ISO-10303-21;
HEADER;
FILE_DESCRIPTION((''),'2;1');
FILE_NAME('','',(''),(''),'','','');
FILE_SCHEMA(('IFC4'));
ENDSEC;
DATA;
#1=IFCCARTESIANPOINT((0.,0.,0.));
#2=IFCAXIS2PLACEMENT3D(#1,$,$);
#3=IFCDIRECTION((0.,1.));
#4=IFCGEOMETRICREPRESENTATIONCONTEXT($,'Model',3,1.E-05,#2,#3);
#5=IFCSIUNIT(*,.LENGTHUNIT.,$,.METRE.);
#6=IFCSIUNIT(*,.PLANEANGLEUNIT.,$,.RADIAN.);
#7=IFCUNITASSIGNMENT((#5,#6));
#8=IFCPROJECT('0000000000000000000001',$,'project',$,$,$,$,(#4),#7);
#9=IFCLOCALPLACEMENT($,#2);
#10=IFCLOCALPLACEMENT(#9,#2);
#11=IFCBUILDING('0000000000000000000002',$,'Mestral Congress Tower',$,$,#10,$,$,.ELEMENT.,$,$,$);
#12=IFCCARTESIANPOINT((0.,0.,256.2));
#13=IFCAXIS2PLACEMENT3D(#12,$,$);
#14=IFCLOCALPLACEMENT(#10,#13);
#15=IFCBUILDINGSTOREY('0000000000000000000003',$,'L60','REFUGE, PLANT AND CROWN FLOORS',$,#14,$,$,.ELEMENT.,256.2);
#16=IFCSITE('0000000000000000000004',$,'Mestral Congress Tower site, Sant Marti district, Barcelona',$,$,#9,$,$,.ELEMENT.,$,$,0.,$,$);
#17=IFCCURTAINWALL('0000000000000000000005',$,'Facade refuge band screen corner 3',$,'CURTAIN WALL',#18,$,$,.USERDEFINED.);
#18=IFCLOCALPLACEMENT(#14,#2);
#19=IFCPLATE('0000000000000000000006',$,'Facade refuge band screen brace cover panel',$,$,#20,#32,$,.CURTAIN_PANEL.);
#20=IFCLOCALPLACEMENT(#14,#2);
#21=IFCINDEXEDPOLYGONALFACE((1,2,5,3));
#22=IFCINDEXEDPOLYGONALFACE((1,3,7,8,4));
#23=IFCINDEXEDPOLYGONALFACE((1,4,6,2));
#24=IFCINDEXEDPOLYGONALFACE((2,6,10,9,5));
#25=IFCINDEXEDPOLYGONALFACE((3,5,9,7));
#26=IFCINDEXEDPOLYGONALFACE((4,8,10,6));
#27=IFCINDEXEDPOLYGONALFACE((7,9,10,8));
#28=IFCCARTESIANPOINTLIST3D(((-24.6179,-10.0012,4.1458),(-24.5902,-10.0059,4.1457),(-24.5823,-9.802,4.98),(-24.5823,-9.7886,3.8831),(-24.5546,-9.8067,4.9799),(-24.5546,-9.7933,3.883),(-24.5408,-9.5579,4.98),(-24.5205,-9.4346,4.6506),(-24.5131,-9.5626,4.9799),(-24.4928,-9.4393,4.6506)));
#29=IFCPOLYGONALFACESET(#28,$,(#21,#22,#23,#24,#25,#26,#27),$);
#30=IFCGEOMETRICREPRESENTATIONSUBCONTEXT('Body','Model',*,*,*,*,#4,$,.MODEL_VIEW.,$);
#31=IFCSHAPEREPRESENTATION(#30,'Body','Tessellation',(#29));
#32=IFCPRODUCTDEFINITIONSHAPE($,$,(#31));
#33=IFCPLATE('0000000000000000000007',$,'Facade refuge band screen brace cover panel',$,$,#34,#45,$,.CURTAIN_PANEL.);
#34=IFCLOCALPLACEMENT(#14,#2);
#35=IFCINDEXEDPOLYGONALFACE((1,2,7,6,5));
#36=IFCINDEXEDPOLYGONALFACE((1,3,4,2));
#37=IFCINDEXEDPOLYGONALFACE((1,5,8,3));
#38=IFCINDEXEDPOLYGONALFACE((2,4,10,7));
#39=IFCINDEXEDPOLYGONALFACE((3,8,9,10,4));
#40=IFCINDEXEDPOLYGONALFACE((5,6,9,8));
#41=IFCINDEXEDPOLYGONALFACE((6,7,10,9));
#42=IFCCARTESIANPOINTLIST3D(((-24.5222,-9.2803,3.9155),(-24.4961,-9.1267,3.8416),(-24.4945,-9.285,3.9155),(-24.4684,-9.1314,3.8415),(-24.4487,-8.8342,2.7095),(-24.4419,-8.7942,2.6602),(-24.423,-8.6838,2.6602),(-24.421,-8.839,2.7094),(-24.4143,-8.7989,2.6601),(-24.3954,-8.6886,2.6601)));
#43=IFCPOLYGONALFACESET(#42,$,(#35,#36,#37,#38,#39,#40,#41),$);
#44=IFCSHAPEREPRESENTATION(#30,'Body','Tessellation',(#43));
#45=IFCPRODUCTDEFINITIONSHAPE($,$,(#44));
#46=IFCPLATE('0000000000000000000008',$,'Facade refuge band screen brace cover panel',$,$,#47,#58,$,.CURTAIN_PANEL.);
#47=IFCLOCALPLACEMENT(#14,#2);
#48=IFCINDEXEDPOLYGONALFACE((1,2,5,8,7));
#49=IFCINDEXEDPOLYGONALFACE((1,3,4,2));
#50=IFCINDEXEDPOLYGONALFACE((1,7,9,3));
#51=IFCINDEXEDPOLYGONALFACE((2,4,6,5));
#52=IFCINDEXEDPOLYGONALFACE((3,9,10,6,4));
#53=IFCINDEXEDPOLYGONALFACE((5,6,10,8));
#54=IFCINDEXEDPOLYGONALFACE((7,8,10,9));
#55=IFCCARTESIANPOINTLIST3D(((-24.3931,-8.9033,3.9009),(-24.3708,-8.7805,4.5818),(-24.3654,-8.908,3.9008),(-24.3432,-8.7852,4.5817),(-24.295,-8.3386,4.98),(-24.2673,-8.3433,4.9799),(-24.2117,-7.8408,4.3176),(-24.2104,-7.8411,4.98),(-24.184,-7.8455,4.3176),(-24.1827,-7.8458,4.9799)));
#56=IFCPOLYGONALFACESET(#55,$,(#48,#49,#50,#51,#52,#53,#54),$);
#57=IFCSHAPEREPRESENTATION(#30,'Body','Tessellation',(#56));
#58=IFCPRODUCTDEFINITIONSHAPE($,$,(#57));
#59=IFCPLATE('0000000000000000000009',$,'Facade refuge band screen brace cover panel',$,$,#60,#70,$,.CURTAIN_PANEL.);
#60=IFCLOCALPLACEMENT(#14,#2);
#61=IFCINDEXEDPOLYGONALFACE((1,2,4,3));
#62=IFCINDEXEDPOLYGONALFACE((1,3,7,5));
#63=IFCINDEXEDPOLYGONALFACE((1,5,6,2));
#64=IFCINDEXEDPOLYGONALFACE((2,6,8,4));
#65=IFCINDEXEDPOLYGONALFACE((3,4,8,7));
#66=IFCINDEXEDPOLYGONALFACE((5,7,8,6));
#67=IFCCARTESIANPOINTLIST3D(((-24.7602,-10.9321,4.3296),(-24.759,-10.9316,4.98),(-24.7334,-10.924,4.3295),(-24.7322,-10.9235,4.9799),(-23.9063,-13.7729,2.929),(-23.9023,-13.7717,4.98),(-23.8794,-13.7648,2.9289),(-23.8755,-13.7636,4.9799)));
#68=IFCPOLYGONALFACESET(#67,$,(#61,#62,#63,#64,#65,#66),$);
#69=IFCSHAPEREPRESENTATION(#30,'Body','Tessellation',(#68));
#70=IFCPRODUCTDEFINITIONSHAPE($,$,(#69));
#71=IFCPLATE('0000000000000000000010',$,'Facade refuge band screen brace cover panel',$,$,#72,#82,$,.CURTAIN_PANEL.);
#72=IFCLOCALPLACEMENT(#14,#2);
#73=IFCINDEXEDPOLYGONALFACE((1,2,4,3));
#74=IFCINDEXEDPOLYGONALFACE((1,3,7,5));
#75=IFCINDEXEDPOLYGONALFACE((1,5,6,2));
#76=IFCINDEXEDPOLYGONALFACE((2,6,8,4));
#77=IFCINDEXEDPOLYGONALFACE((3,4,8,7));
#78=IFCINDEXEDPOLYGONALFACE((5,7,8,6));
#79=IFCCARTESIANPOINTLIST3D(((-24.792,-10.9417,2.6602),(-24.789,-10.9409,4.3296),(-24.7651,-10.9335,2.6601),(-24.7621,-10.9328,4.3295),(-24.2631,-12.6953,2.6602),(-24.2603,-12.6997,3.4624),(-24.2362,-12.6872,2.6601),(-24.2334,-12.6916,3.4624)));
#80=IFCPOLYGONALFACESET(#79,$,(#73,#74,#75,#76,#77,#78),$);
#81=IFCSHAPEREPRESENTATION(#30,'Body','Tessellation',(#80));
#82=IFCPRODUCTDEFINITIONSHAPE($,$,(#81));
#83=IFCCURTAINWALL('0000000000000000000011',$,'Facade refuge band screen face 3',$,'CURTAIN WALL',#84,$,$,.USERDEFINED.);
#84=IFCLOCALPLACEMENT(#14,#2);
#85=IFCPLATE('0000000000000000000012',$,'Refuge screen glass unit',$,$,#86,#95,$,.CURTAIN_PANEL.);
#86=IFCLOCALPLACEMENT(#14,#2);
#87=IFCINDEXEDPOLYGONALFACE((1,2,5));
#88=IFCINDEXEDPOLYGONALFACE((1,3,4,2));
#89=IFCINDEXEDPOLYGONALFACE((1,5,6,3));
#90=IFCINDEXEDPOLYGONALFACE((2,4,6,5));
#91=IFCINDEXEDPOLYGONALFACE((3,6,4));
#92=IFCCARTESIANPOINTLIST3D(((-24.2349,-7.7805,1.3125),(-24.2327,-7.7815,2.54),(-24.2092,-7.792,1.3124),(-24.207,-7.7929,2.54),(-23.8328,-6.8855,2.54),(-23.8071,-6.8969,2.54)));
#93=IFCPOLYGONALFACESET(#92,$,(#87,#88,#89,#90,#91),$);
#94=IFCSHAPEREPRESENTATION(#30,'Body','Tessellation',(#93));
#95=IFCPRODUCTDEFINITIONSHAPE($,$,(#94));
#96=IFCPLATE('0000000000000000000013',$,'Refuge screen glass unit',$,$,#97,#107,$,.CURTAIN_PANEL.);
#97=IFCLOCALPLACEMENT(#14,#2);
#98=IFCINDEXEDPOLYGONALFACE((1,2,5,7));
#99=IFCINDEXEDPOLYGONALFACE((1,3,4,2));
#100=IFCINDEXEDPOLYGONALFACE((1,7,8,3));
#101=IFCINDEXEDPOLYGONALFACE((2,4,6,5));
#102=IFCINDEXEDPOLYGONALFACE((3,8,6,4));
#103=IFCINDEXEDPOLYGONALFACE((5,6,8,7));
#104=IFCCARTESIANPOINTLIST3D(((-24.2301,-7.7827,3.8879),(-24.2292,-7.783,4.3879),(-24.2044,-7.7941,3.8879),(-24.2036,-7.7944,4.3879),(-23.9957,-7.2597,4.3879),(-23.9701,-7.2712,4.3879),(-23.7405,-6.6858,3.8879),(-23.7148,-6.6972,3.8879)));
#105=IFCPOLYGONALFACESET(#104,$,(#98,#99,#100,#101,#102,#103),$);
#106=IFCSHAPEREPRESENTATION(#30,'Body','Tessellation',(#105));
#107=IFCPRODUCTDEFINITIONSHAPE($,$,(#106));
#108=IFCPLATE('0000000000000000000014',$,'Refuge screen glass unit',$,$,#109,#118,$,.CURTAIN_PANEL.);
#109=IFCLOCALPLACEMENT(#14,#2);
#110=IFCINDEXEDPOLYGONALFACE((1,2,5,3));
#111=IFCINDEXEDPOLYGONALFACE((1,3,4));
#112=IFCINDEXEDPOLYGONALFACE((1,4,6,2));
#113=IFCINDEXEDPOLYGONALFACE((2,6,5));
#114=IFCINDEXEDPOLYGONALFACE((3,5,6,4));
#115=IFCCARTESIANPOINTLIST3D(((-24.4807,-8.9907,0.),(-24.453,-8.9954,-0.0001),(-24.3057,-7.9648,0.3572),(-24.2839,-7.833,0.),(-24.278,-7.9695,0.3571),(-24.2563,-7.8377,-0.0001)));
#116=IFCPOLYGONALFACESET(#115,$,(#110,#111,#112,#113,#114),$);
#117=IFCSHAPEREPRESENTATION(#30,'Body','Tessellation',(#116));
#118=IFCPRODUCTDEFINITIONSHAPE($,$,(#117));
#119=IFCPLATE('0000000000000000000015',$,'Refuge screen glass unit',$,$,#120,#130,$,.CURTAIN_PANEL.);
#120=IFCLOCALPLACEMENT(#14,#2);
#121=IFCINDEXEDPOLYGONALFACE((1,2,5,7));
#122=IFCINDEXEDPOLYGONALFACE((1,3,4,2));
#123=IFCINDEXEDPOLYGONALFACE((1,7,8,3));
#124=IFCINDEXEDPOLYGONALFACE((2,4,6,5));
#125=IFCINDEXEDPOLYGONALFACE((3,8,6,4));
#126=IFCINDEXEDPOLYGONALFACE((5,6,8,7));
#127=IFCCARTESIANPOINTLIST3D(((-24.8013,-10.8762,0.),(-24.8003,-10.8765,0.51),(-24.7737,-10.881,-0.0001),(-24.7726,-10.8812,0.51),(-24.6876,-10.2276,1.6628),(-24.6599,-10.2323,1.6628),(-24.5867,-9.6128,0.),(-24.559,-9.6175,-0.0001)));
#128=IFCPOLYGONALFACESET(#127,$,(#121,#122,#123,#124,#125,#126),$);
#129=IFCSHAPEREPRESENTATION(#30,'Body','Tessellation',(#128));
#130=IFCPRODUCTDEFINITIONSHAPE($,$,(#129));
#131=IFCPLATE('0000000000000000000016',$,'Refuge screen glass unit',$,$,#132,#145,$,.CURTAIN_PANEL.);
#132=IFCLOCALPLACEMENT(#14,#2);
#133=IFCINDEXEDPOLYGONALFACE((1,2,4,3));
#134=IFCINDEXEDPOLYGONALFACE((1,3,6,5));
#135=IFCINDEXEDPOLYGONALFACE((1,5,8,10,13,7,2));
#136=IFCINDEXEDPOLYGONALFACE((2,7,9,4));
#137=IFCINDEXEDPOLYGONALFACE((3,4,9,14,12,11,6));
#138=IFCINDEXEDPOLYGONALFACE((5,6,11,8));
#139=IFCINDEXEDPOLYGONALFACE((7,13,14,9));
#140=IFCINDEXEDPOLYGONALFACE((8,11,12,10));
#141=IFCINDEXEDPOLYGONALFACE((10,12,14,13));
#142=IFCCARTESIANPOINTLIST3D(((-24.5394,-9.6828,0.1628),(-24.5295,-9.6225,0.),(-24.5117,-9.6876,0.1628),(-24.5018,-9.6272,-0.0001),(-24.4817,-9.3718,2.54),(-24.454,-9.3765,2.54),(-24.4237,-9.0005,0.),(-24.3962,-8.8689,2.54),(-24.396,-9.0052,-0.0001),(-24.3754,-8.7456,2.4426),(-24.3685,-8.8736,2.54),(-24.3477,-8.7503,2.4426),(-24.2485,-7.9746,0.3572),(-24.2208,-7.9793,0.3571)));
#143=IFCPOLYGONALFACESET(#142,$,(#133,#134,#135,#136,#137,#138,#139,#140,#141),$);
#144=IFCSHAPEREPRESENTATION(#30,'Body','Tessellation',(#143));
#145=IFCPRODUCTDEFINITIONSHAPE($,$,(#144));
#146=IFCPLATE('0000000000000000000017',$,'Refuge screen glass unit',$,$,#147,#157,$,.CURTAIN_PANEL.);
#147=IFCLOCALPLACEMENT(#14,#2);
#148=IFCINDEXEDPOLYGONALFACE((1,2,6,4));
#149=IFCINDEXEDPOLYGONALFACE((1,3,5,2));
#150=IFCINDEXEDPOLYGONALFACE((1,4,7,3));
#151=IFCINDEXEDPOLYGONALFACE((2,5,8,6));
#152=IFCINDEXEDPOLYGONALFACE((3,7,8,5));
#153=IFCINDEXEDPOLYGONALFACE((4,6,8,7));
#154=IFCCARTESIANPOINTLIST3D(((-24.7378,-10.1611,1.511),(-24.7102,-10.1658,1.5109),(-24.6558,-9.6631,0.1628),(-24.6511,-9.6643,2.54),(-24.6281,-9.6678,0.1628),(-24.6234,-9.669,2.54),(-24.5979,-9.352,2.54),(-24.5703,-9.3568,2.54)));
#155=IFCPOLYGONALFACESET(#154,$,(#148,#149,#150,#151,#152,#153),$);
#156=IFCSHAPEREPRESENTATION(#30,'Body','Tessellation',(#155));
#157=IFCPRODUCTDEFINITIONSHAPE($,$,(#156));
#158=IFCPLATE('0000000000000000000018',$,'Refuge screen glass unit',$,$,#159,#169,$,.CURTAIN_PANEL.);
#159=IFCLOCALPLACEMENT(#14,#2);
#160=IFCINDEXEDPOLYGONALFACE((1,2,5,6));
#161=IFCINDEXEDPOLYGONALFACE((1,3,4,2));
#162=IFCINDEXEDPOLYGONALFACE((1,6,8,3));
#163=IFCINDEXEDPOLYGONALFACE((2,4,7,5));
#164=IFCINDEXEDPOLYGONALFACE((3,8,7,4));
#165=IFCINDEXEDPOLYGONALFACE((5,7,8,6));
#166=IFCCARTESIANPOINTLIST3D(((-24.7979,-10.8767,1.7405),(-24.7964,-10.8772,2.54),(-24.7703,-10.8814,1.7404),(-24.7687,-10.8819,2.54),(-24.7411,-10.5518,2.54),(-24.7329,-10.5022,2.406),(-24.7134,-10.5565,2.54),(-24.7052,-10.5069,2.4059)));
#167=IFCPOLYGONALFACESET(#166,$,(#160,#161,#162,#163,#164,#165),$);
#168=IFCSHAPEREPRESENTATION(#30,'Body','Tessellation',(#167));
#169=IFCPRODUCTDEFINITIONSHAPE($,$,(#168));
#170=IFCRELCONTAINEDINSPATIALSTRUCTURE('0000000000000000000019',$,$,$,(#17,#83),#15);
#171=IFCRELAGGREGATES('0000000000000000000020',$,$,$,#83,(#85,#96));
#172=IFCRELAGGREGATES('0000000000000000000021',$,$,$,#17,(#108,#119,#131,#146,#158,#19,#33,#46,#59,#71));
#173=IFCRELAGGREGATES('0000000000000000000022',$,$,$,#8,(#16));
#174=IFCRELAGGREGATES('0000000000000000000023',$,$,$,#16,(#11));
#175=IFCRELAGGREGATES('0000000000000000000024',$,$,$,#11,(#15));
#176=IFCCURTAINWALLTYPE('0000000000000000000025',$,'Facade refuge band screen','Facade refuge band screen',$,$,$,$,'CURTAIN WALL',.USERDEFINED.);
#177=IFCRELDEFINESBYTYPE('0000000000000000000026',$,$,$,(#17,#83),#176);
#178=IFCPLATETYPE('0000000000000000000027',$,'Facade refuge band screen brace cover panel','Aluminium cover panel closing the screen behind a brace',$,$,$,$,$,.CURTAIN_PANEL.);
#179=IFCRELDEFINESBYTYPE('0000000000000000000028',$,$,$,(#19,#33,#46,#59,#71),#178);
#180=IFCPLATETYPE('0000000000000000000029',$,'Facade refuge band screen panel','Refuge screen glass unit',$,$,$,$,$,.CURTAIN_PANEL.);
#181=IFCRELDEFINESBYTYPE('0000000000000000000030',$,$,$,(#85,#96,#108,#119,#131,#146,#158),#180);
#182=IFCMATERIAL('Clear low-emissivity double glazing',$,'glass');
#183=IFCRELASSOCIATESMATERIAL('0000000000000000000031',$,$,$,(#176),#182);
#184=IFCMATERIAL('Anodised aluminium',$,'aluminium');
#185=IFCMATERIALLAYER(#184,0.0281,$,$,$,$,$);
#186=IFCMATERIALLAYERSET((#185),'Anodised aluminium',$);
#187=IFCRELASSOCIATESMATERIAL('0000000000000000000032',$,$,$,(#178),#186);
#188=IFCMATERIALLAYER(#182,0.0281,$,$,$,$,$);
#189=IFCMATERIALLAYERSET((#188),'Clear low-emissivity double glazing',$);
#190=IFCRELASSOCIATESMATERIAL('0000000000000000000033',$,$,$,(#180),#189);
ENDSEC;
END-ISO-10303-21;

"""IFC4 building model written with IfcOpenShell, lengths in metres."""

from ifc_helpers import new_model, si_unit, direction, frame, origin, place, context, subcontext, project, spatial, polyline, outline, extrude, material, layer, layer_set, type_object, element, aggregate, save


model = new_model("IFC4")

# Units and contexts
model_context = context("Model", 3, precision=1e-05, world=origin(), true_north=direction((0.0, 1.0)))
body_context = subcontext(model_context, "Body", "Model", "MODEL_VIEW")
ifc_project = project(units=[si_unit("LENGTHUNIT", "METRE"), si_unit("PLANEANGLEUNIT", "RADIAN")], contexts=[model_context])

# Site, building, storey
site_placement = place(None, origin())
site = spatial("IfcSite", under=ifc_project, at=site_placement, Name="Mestral Congress Tower site, Sant Marti district, Barcelona", CompositionType="ELEMENT", RefElevation=0.0)
building_placement = place(site_placement, origin())
building = spatial("IfcBuilding", under=site, at=building_placement, Name="Mestral Congress Tower", CompositionType="ELEMENT")
storey_placement = place(building_placement, frame((0.0, 0.0, 256.2)))
storey = spatial("IfcBuildingStorey", under=building, at=storey_placement, Name="L60", Description="REFUGE, PLANT AND CROWN FLOORS", CompositionType="ELEMENT", Elevation=256.2)

# Curtain wall, plates
ifc_material_1 = material(Name="Clear low-emissivity double glazing", Category="glass")
curtain_wall_type = type_object("IfcCurtainWallType", Name="Facade refuge band screen", Description="Facade refuge band screen", ElementType="CURTAIN WALL", PredefinedType="USERDEFINED", material=ifc_material_1)
placement = place(storey_placement, origin())
curtain_wall_1 = element("IfcCurtainWall", 1, at=placement, inside=storey, type_object=curtain_wall_type, Name="Facade refuge band screen corner 3", ObjectType="CURTAIN WALL", PredefinedType="USERDEFINED")
ifc_material_2 = material(Name="Anodised aluminium", Category="aluminium")
ifc_layer_1 = layer(ifc_material_2, 0.0281)
ifc_layer_set_1 = layer_set([ifc_layer_1], Name="Anodised aluminium")
plate_type_1 = type_object("IfcPlateType", Name="Facade refuge band screen brace cover panel", Description="Aluminium cover panel closing the screen behind a brace", PredefinedType="CURTAIN_PANEL", material=ifc_layer_set_1)
plate_1_placement = place(storey_placement, frame((-24.5408, -9.5579, 4.98), z_axis=(-0.985846, 0.167641, 0.002056), x_axis=(-0.167641, -0.985848, 0.0)))
plate_1 = element("IfcPlate", 2, at=plate_1_placement, type_object=plate_type_1, Name="Facade refuge band screen brace cover panel", PredefinedType="CURTAIN_PANEL", context=body_context, shape_type="SweptSolid", body=[
    extrude(outline(polyline([(0.0, 0.0), (0.2476, 0.0), (0.45, -0.8342), (0.2344, -1.0969), (-0.1249, -0.3293), (0.0, 0.0)])), origin(), (0.0, 0.0, -1.0), 0.0281),
])
plate_2_placement = place(storey_placement, frame((-24.4961, -9.1267, 3.8416), z_axis=(-0.98565, 0.168785, 0.002327), x_axis=(-0.151482, -0.890522, 0.428979)))
plate_2 = element("IfcPlate", 3, at=plate_2_placement, type_object=plate_type_1, Name="Facade refuge band screen brace cover panel", PredefinedType="CURTAIN_PANEL", context=body_context, shape_type="SweptSolid", body=[
    extrude(outline(polyline([(0.0, 0.0), (0.1724, 0.0), (-0.7533, -0.8955), (-0.8111, -0.9227), (-0.9122, -0.8746), (0.0, 0.0)])), origin(), (0.0, 0.0, -1.0), 0.0281),
])
plate_3_placement = place(storey_placement, frame((-24.3708, -8.7805, 4.5818), z_axis=(-0.985867, 0.167517, 0.001959), x_axis=(-0.032097, -0.177396, -0.983616)))
plate_3 = element("IfcPlate", 4, at=plate_3_placement, type_object=plate_type_1, Name="Facade refuge band screen brace cover panel", PredefinedType="CURTAIN_PANEL", context=body_context, shape_type="SweptSolid", body=[
    extrude(outline(polyline([(0.0, 0.0), (0.6923, 0.0), (0.088, -0.9851), (-0.5635, -0.8657), (-0.4725, -0.3692), (0.0, 0.0)])), origin(), (0.0, 0.0, -1.0), 0.0281),
])
plate_4_placement = place(storey_placement, frame((-24.759, -10.9316, 4.98), z_axis=(-0.95739, -0.288792, 0.002), x_axis=(0.288793, -0.957392, 0.0)))
plate_4 = element("IfcPlate", 5, at=plate_4_placement, type_object=plate_type_1, Name="Facade refuge band screen brace cover panel", PredefinedType="CURTAIN_PANEL", context=body_context, shape_type="SweptSolid", body=[
    extrude(outline(polyline([(0.0, 0.0), (2.9665, 0.0), (2.9665, -2.051), (0.0001, -0.6504), (0.0, 0.0)])), origin(), (0.0, 0.0, -1.0), 0.0281),
])
plate_5_placement = place(storey_placement, frame((-24.792, -10.9417, 2.6602), z_axis=(-0.957407, -0.288735, 0.001842), x_axis=(0.001788, 0.000449, 0.999998)))
plate_5 = element("IfcPlate", 6, at=plate_5_placement, type_object=plate_type_1, Name="Facade refuge band screen brace cover panel", PredefinedType="CURTAIN_PANEL", context=body_context, shape_type="SweptSolid", body=[
    extrude(outline(polyline([(0.0, 0.0), (1.6694, 0.0), (0.8024, -1.8366), (0.0002, -1.8317), (0.0, 0.0)])), origin(), (0.0, 0.0, -1.0), 0.0281),
])

# Curtain wall, plates
curtain_wall_2 = element("IfcCurtainWall", 7, at=placement, inside=storey, type_object=curtain_wall_type, Name="Facade refuge band screen face 3", ObjectType="CURTAIN WALL", PredefinedType="USERDEFINED")
ifc_layer_2 = layer(ifc_material_1, 0.0281)
ifc_layer_set_2 = layer_set([ifc_layer_2], Name="Clear low-emissivity double glazing")
plate_type_2 = type_object("IfcPlateType", Name="Facade refuge band screen panel", Description="Refuge screen glass unit", PredefinedType="CURTAIN_PANEL", material=ifc_layer_set_2)
plate_6_placement = place(storey_placement, frame((-24.2327, -7.7815, 2.54), z_axis=(-0.913173, 0.407569, 0.001959), x_axis=(-0.00179, 0.000796, -0.999998)))
plate_6 = element("IfcPlate", 8, at=plate_6_placement, type_object=plate_type_2, Name="Refuge screen glass unit", PredefinedType="CURTAIN_PANEL", context=body_context, shape_type="SweptSolid", body=[
    extrude(outline(polyline([(0.0, 0.0), (1.2275, 0.0), (0.0, -0.9812), (0.0, 0.0)])), origin(), (0.0, 0.0, -1.0), 0.0281),
])
plate_7_placement = place(storey_placement, frame((-24.2292, -7.783, 4.3879), z_axis=(-0.913162, 0.407593, 0.001744), x_axis=(-0.001654, 0.000573, -0.999998)))
plate_7 = element("IfcPlate", 9, at=plate_7_placement, type_object=plate_type_2, Name="Refuge screen glass unit", PredefinedType="CURTAIN_PANEL", context=body_context, shape_type="SweptSolid", body=[
    extrude(outline(polyline([(0.0, 0.0), (0.5, 0.0), (0.4998, -1.2012), (-0.0001, -0.573), (0.0, 0.0)])), origin(), (0.0, 0.0, -1.0), 0.0281),
])
aggregate(curtain_wall_2, [plate_6, plate_7])

# Plates
plate_8_placement = place(storey_placement, frame((-24.3057, -7.9648, 0.3572), z_axis=(-0.985859, 0.167567, 0.001876), x_axis=(-0.159093, -0.932369, -0.32462)))
plate_8 = element("IfcPlate", 10, at=plate_8_placement, type_object=plate_type_2, Name="Refuge screen glass unit", PredefinedType="CURTAIN_PANEL", context=body_context, shape_type="SweptSolid", body=[
    extrude(outline(polyline([(0.0, 0.0), (1.1003, 0.0), (-0.0104, -0.3812), (0.0, 0.0)])), origin(), (0.0, 0.0, -1.0), 0.0281),
])
plate_9_placement = place(storey_placement, frame((-24.8003, -10.8765, 0.51), z_axis=(-0.985868, 0.16751, 0.002105), x_axis=(-0.002064, 0.000423, -0.999998)))
plate_9 = element("IfcPlate", 11, at=plate_9_placement, type_object=plate_type_2, Name="Refuge screen glass unit", PredefinedType="CURTAIN_PANEL", context=body_context, shape_type="SweptSolid", body=[
    extrude(outline(polyline([(0.0, 0.0), (0.51, 0.0), (0.5101, -1.2816), (-1.1528, -0.6587), (0.0, 0.0)])), origin(), (0.0, 0.0, -1.0), 0.0281),
])
plate_10_placement = place(storey_placement, frame((-24.4817, -9.3718, 2.54), z_axis=(-0.985843, 0.167657, 0.001994), x_axis=(-0.024061, -0.129692, -0.991262)))
plate_10 = element("IfcPlate", 12, at=plate_10_placement, type_object=plate_type_2, Name="Refuge screen glass unit", PredefinedType="CURTAIN_PANEL", context=body_context, shape_type="SweptSolid", body=[
    extrude(outline(polyline([(0.0, 0.0), (2.3982, 0.0), (2.5515, -0.0821), (2.4683, -0.7075), (1.977, -1.6921), (0.0128, -0.6425), (-0.0673, -0.5057), (0.0, 0.0)])), origin(), (0.0, 0.0, -1.0), 0.0281),
])
plate_11_placement = place(storey_placement, frame((-24.6558, -9.6631, 0.1628), z_axis=(-0.985803, 0.167892, 0.00201), x_axis=(0.02411, 0.129701, 0.99126)))
plate_11 = element("IfcPlate", 13, at=plate_11_placement, type_object=plate_type_2, Name="Refuge screen glass unit", PredefinedType="CURTAIN_PANEL", context=body_context, shape_type="SweptSolid", body=[
    extrude(outline(polyline([(0.0, 0.0), (2.3982, 0.0), (2.3564, -0.314), (1.2698, -0.6782), (0.0, 0.0)])), origin(), (0.0, 0.0, -1.0), 0.0281),
])
plate_12_placement = place(storey_placement, frame((-24.7329, -10.5022, 2.406), z_axis=(-0.985853, 0.1676, 0.002024), x_axis=(-0.056968, -0.346404, 0.936354)))
plate_12 = element("IfcPlate", 14, at=plate_12_placement, type_object=plate_type_2, Name="Refuge screen glass unit", PredefinedType="CURTAIN_PANEL", context=body_context, shape_type="SweptSolid", body=[
    extrude(outline(polyline([(0.0, 0.0), (0.1431, 0.0), (0.259, -0.3091), (-0.4897, -0.5896), (0.0, 0.0)])), origin(), (0.0, 0.0, -1.0), 0.0281),
])

aggregate(curtain_wall_1, [plate_8, plate_9, plate_10, plate_11, plate_12, plate_1, plate_2, plate_3, plate_4, plate_5])

save(model, "model.ifc")
